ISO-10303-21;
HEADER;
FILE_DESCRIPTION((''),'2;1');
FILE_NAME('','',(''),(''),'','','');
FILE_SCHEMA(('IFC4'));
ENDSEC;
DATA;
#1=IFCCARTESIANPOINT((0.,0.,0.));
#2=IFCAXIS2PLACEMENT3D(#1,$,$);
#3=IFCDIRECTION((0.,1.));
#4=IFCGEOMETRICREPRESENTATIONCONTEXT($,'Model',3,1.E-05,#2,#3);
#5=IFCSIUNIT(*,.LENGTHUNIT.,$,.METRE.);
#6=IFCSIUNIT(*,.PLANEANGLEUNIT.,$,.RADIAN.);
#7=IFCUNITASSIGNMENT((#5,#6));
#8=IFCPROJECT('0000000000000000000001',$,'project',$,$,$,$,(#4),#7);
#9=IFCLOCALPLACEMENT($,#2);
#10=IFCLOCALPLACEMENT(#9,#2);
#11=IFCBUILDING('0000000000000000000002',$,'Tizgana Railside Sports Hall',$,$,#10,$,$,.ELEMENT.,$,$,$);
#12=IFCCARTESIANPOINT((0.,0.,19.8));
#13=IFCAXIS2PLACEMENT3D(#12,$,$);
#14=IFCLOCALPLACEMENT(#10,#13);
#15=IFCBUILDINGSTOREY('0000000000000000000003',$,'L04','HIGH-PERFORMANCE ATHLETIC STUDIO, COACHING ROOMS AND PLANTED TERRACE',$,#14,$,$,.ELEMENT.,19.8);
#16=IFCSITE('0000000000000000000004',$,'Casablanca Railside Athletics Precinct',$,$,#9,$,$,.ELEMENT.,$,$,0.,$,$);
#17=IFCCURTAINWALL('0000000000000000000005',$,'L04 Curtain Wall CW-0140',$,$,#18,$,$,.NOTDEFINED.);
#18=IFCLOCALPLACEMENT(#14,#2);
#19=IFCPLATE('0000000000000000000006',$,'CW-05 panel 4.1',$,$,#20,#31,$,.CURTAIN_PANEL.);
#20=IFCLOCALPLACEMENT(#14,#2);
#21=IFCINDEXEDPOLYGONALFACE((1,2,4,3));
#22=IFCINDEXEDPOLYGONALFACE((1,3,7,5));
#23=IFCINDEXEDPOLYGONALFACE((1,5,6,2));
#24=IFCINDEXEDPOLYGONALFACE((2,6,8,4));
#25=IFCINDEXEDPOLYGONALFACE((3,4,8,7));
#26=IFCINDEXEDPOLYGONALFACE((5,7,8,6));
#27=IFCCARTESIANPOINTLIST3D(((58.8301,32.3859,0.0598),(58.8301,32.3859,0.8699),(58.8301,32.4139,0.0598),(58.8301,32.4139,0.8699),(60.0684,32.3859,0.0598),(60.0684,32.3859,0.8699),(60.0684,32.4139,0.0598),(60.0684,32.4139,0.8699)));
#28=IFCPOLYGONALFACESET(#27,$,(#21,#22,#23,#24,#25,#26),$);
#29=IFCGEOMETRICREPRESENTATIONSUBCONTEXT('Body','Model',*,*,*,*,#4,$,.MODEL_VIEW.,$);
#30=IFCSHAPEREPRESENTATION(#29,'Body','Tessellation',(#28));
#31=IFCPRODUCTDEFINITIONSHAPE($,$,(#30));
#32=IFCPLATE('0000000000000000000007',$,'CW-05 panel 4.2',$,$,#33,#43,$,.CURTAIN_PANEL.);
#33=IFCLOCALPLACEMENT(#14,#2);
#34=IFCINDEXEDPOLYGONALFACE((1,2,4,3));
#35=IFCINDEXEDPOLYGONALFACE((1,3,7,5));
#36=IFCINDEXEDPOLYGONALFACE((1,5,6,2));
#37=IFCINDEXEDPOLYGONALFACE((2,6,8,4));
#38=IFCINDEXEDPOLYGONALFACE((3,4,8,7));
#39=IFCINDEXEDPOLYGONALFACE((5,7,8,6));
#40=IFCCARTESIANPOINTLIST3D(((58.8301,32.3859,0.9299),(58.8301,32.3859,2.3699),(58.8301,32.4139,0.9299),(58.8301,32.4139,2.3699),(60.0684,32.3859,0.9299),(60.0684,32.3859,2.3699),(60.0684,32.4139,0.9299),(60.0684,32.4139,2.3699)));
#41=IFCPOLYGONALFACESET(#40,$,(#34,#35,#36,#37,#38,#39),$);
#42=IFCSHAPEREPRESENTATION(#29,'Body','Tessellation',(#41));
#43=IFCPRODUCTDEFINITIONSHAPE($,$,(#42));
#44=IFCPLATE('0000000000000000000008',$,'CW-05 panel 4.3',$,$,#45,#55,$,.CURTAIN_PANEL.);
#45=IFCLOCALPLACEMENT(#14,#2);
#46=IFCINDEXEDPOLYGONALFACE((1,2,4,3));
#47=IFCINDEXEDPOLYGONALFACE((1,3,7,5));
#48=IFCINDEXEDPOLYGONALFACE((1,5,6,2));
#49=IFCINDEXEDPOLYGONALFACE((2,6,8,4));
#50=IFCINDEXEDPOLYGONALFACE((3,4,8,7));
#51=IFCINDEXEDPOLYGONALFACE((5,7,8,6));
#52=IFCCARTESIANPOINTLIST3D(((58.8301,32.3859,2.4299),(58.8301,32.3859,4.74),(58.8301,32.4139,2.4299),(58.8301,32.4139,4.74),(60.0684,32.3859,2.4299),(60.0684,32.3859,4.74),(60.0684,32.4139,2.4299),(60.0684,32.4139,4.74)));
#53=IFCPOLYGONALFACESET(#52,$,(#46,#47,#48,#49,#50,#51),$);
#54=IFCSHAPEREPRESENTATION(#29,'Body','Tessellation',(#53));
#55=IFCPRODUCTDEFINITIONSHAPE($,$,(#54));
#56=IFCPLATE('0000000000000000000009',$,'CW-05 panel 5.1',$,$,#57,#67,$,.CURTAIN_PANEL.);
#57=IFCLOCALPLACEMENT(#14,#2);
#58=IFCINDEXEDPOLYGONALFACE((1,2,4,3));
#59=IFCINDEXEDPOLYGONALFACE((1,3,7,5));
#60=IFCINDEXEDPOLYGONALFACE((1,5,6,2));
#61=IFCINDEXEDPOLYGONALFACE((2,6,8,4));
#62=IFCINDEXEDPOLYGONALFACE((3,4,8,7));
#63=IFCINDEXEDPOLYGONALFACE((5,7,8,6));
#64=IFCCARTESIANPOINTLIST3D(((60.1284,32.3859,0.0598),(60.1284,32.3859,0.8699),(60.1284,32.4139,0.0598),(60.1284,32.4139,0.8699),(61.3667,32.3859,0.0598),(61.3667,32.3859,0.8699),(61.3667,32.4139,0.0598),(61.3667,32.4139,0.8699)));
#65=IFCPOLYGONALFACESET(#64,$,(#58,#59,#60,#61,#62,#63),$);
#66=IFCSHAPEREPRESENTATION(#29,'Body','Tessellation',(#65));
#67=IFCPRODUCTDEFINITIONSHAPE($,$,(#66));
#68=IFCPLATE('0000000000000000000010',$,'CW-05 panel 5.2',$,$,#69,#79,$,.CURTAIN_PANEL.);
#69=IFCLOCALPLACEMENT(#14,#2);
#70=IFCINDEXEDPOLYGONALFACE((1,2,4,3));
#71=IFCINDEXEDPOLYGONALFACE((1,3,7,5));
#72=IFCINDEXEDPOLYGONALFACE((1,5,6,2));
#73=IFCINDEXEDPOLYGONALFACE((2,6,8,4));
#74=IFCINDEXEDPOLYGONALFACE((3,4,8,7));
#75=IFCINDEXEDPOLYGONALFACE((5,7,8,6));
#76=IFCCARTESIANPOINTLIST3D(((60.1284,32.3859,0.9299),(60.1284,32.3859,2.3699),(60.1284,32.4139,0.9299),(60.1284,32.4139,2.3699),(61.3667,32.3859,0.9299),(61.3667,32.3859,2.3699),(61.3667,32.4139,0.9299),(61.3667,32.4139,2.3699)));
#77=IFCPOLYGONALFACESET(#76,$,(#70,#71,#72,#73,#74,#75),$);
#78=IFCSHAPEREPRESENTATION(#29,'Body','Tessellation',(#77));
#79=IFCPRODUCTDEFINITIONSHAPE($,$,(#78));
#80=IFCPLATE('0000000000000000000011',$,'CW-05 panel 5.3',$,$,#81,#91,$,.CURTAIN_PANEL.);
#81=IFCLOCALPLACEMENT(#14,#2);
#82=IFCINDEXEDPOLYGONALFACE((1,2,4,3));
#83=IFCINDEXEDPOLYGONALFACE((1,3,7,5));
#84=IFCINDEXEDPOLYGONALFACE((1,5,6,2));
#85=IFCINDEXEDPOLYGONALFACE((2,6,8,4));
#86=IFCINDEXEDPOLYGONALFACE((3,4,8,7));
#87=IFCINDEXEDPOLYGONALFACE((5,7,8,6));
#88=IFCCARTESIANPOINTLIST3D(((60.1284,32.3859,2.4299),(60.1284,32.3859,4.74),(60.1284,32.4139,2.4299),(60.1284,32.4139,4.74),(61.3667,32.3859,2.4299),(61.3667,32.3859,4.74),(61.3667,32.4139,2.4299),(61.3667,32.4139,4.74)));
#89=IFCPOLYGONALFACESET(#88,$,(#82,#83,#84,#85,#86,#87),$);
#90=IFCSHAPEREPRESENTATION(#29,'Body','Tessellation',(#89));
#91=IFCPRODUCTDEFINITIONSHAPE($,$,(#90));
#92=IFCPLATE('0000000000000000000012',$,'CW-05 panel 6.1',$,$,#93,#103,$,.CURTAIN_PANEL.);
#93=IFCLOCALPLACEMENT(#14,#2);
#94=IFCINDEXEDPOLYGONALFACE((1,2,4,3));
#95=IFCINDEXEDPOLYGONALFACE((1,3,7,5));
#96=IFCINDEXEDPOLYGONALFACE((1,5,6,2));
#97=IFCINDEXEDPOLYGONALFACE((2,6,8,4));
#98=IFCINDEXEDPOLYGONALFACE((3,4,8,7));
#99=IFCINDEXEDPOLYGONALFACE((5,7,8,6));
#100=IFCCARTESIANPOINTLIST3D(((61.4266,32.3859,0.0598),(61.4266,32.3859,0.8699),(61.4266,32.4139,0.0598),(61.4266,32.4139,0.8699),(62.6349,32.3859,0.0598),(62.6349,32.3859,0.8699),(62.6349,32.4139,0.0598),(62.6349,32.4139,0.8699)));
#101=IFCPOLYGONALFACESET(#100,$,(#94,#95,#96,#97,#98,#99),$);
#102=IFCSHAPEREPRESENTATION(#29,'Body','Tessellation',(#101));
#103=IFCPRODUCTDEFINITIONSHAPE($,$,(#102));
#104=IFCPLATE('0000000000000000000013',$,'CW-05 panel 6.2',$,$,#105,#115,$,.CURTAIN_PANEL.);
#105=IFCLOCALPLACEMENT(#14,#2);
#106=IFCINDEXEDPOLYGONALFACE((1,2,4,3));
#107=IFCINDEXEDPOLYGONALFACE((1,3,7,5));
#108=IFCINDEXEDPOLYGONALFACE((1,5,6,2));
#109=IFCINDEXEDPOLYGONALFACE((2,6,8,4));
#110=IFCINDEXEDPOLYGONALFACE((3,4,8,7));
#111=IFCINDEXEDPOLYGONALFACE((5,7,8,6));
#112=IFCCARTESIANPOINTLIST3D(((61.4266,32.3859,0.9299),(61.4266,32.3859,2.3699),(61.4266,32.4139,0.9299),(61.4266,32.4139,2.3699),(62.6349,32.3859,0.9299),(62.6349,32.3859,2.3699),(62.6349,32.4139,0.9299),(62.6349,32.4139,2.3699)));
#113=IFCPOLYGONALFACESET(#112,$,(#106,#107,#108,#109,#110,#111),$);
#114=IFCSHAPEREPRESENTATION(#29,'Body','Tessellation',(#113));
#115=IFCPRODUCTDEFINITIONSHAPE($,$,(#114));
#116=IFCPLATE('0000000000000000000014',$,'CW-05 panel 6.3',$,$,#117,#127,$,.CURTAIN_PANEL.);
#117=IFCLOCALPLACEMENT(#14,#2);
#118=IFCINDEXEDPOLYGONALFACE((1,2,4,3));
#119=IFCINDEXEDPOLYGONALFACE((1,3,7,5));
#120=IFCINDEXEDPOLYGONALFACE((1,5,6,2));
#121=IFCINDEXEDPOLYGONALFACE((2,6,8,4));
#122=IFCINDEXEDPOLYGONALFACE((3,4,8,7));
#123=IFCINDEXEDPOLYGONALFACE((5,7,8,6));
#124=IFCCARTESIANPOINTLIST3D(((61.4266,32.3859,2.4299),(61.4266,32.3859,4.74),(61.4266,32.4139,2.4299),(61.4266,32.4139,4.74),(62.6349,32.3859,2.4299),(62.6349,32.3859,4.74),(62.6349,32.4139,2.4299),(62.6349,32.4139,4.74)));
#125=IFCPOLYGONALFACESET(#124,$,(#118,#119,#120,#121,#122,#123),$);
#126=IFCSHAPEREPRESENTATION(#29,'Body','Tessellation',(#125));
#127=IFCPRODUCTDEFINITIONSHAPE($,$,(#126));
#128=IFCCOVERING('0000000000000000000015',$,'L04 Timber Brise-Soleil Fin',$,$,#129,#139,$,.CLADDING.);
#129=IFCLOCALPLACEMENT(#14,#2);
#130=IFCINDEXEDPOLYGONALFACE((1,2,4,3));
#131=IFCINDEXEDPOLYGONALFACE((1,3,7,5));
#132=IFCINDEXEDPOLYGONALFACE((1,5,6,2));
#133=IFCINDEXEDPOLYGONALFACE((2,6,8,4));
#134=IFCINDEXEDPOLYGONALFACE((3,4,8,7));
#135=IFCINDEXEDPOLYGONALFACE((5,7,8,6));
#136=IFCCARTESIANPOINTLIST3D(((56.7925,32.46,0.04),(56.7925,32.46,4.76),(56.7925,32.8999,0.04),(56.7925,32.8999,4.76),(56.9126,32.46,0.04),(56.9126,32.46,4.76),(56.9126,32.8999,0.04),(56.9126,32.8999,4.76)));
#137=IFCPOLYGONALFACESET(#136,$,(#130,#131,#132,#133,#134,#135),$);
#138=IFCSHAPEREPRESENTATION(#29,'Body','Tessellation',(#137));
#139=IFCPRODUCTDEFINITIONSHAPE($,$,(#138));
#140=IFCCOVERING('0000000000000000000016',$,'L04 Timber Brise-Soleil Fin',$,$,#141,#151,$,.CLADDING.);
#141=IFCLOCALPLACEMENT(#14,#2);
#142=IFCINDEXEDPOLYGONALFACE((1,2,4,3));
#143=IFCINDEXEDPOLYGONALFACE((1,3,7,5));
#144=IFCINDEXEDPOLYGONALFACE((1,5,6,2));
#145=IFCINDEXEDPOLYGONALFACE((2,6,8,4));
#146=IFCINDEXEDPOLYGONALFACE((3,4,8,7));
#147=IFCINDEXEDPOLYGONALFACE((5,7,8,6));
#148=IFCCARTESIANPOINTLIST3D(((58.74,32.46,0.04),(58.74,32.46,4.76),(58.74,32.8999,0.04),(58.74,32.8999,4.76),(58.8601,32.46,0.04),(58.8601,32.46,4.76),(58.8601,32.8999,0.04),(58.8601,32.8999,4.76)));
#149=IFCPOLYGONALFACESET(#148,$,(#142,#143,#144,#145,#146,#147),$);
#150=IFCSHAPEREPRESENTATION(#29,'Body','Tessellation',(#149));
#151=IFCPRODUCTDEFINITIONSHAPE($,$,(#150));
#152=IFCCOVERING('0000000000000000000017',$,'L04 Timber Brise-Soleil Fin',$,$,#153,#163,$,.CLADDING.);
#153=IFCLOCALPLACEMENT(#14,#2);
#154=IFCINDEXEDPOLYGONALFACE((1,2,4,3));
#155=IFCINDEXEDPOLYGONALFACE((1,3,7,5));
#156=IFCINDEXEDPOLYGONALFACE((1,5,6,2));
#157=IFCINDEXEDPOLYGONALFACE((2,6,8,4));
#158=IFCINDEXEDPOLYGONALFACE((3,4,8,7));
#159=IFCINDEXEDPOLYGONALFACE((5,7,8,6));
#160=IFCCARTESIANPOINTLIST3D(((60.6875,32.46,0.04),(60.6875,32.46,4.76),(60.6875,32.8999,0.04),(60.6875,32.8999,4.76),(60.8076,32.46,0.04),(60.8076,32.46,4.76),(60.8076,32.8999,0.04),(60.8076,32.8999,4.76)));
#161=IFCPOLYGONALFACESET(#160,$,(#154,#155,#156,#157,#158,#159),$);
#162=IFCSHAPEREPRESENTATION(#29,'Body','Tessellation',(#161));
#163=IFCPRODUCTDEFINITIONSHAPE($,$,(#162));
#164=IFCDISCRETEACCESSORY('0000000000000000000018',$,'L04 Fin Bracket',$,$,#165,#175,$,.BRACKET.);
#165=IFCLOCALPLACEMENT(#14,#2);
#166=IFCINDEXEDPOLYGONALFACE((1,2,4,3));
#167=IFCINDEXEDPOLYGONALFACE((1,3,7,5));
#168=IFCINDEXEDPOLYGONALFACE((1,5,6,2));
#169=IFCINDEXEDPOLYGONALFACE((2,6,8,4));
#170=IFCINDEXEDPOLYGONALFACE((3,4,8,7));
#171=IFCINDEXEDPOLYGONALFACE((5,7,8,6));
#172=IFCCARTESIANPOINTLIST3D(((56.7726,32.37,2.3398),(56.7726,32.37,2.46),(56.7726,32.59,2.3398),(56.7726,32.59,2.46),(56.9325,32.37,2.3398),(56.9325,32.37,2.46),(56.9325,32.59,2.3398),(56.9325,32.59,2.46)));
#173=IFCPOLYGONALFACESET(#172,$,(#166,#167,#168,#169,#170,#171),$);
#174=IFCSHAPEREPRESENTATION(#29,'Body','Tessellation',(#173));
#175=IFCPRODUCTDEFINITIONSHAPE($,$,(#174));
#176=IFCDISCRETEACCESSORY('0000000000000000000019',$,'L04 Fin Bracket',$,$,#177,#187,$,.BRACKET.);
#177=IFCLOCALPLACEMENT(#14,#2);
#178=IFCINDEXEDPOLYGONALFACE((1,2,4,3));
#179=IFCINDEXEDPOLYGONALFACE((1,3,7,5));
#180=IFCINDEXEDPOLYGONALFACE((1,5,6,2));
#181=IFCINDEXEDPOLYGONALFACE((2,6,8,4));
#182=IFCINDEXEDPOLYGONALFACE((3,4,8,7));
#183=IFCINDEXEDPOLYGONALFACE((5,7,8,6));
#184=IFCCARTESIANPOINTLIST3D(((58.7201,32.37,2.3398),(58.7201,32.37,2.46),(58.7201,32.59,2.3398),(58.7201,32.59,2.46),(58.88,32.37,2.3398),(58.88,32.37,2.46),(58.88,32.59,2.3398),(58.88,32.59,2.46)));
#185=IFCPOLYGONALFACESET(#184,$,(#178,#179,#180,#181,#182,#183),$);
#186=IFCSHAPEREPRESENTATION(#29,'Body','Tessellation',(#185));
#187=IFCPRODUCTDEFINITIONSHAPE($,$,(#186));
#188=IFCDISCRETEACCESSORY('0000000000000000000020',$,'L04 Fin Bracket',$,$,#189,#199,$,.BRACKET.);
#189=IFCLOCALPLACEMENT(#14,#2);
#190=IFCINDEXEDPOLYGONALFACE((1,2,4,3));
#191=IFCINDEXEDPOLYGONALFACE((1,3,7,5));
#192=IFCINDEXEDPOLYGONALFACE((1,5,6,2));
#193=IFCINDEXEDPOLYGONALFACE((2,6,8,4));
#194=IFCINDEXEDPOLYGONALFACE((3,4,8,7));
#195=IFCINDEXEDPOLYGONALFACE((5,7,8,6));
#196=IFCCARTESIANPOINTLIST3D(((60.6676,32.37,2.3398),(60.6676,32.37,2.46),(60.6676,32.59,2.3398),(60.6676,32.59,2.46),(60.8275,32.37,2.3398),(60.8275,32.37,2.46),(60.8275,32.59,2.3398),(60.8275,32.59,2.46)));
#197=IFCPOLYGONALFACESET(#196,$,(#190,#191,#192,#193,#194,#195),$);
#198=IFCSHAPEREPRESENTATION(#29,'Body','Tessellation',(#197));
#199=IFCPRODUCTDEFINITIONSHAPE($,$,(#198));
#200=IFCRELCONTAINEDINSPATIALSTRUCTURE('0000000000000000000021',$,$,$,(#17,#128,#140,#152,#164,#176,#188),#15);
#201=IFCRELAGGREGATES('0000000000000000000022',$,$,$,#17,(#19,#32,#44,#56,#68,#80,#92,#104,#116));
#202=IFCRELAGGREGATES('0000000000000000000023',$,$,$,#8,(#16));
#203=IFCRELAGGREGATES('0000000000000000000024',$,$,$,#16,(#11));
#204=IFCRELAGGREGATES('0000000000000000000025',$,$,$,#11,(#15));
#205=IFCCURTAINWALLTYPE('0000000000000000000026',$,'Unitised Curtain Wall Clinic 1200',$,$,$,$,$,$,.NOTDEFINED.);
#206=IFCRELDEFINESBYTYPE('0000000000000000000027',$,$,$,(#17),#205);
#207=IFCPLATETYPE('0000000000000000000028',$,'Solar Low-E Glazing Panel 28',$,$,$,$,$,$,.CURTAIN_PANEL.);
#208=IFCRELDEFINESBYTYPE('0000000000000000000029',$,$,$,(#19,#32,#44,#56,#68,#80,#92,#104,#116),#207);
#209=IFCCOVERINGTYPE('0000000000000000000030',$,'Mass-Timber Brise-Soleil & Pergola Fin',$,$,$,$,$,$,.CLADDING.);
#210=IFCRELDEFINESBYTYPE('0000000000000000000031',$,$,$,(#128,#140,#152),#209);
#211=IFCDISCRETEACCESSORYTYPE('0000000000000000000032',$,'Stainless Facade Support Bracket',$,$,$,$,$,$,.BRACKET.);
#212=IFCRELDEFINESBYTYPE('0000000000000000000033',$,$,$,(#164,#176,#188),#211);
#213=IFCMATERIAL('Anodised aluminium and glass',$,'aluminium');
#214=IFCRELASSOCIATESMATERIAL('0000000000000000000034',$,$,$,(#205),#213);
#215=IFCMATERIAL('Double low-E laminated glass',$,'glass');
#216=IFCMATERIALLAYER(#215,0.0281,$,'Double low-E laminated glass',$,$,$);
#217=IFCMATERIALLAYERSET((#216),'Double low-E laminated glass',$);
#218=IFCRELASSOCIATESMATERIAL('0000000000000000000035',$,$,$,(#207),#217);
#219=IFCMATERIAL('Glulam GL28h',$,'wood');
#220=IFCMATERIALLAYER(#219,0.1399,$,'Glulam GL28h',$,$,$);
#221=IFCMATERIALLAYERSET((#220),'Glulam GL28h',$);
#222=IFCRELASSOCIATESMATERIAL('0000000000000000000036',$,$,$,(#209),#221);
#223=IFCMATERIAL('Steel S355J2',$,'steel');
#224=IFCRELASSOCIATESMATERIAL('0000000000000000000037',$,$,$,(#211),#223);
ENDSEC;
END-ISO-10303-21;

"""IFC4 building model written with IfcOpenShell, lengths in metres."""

from ifc_helpers import new_model, si_unit, direction, frame, origin, origin_2d, place, context, subcontext, project, spatial, rectangle, extrude, material, layer, layer_set, type_object, element, aggregate, save


model = new_model("IFC4")

# Units and contexts
model_context = context("Model", 3, precision=1e-05, world=origin(), true_north=direction((0.0, 1.0)))
body_context = subcontext(model_context, "Body", "Model", "MODEL_VIEW")
ifc_project = project(units=[si_unit("LENGTHUNIT", "METRE"), si_unit("PLANEANGLEUNIT", "RADIAN")], contexts=[model_context])

# Site, building, storey
site_placement = place(None, origin())
site = spatial("IfcSite", under=ifc_project, at=site_placement, Name="Casablanca Railside Athletics Precinct", CompositionType="ELEMENT", RefElevation=0.0)
building_placement = place(site_placement, origin())
building = spatial("IfcBuilding", under=site, at=building_placement, Name="Tizgana Railside Sports Hall", CompositionType="ELEMENT")
storey_placement = place(building_placement, frame((0.0, 0.0, 19.8)))
storey = spatial("IfcBuildingStorey", under=building, at=storey_placement, Name="L04", Description="HIGH-PERFORMANCE ATHLETIC STUDIO, COACHING ROOMS AND PLANTED TERRACE", CompositionType="ELEMENT", Elevation=19.8)

# Curtain wall, plates
ifc_material_1 = material(Name="Anodised aluminium and glass", Category="aluminium")
curtain_wall_type = type_object("IfcCurtainWallType", Name="Unitised Curtain Wall Clinic 1200", PredefinedType="NOTDEFINED", material=ifc_material_1)
curtain_wall_placement = place(storey_placement, origin())
curtain_wall = element("IfcCurtainWall", 1, at=curtain_wall_placement, inside=storey, type_object=curtain_wall_type, Name="L04 Curtain Wall CW-0140", PredefinedType="NOTDEFINED")
ifc_material_2 = material(Name="Double low-E laminated glass", Category="glass")
ifc_layer_1 = layer(ifc_material_2, 0.0281, Name="Double low-E laminated glass")
ifc_layer_set_1 = layer_set([ifc_layer_1], Name="Double low-E laminated glass")
plate_type = type_object("IfcPlateType", Name="Solar Low-E Glazing Panel 28", PredefinedType="CURTAIN_PANEL", material=ifc_layer_set_1)
plate_1_placement = place(storey_placement, frame((59.4492, 32.3999, 0.0598), z_axis=(0.0, 0.0, 1.0), x_axis=(1.0, 0.0, 0.0)))
plate_1 = element("IfcPlate", 2, at=plate_1_placement, type_object=plate_type, Name="CW-05 panel 4.1", PredefinedType="CURTAIN_PANEL", context=body_context, shape_type="SweptSolid", body=[
    extrude(rectangle(XDim=1.2383, YDim=0.0281, at=origin_2d()), origin(), (0.0, 0.0, 1.0), 0.8101),
])
plate_2_placement = place(storey_placement, frame((59.4492, 32.3999, 0.9299), z_axis=(0.0, 0.0, 1.0), x_axis=(1.0, 0.0, 0.0)))
plate_2 = element("IfcPlate", 3, at=plate_2_placement, type_object=plate_type, Name="CW-05 panel 4.2", PredefinedType="CURTAIN_PANEL", context=body_context, shape_type="SweptSolid", body=[
    extrude(rectangle(XDim=1.2383, YDim=0.0281, at=origin_2d()), origin(), (0.0, 0.0, 1.0), 1.4399),
])
plate_3_placement = place(storey_placement, frame((59.4492, 32.3999, 2.4299), z_axis=(0.0, 0.0, 1.0), x_axis=(1.0, 0.0, 0.0)))
plate_3 = element("IfcPlate", 4, at=plate_3_placement, type_object=plate_type, Name="CW-05 panel 4.3", PredefinedType="CURTAIN_PANEL", context=body_context, shape_type="SweptSolid", body=[
    extrude(rectangle(XDim=1.2383, YDim=0.0281, at=origin_2d()), origin(), (0.0, 0.0, 1.0), 2.3101),
])
plate_4_placement = place(storey_placement, frame((60.7476, 32.3999, 0.0598), z_axis=(0.0, 0.0, 1.0), x_axis=(1.0, 0.0, 0.0)))
plate_4 = element("IfcPlate", 5, at=plate_4_placement, type_object=plate_type, Name="CW-05 panel 5.1", PredefinedType="CURTAIN_PANEL", context=body_context, shape_type="SweptSolid", body=[
    extrude(rectangle(XDim=1.2383, YDim=0.0281, at=origin_2d()), origin(), (0.0, 0.0, 1.0), 0.8101),
])
plate_5_placement = place(storey_placement, frame((60.7476, 32.3999, 0.9299), z_axis=(0.0, 0.0, 1.0), x_axis=(1.0, 0.0, 0.0)))
plate_5 = element("IfcPlate", 6, at=plate_5_placement, type_object=plate_type, Name="CW-05 panel 5.2", PredefinedType="CURTAIN_PANEL", context=body_context, shape_type="SweptSolid", body=[
    extrude(rectangle(XDim=1.2383, YDim=0.0281, at=origin_2d()), origin(), (0.0, 0.0, 1.0), 1.4399),
])
plate_6_placement = place(storey_placement, frame((60.7476, 32.3999, 2.4299), z_axis=(0.0, 0.0, 1.0), x_axis=(1.0, 0.0, 0.0)))
plate_6 = element("IfcPlate", 7, at=plate_6_placement, type_object=plate_type, Name="CW-05 panel 5.3", PredefinedType="CURTAIN_PANEL", context=body_context, shape_type="SweptSolid", body=[
    extrude(rectangle(XDim=1.2383, YDim=0.0281, at=origin_2d()), origin(), (0.0, 0.0, 1.0), 2.3101),
])
plate_7_placement = place(storey_placement, frame((62.0308, 32.3999, 0.0598), z_axis=(0.0, 0.0, 1.0), x_axis=(1.0, 0.0, 0.0)))
plate_7 = element("IfcPlate", 8, at=plate_7_placement, type_object=plate_type, Name="CW-05 panel 6.1", PredefinedType="CURTAIN_PANEL", context=body_context, shape_type="SweptSolid", body=[
    extrude(rectangle(XDim=1.2083, YDim=0.0281, at=origin_2d()), origin(), (0.0, 0.0, 1.0), 0.8101),
])
plate_8_placement = place(storey_placement, frame((62.0308, 32.3999, 0.9299), z_axis=(0.0, 0.0, 1.0), x_axis=(1.0, 0.0, 0.0)))
plate_8 = element("IfcPlate", 9, at=plate_8_placement, type_object=plate_type, Name="CW-05 panel 6.2", PredefinedType="CURTAIN_PANEL", context=body_context, shape_type="SweptSolid", body=[
    extrude(rectangle(XDim=1.2083, YDim=0.0281, at=origin_2d()), origin(), (0.0, 0.0, 1.0), 1.4399),
])
plate_9_placement = place(storey_placement, frame((62.0308, 32.3999, 2.4299), z_axis=(0.0, 0.0, 1.0), x_axis=(1.0, 0.0, 0.0)))
plate_9 = element("IfcPlate", 10, at=plate_9_placement, type_object=plate_type, Name="CW-05 panel 6.3", PredefinedType="CURTAIN_PANEL", context=body_context, shape_type="SweptSolid", body=[
    extrude(rectangle(XDim=1.2083, YDim=0.0281, at=origin_2d()), origin(), (0.0, 0.0, 1.0), 2.3101),
])
aggregate(curtain_wall, [plate_1, plate_2, plate_3, plate_4, plate_5, plate_6, plate_7, plate_8, plate_9])

# Coverings
ifc_material_3 = material(Name="Glulam GL28h", Category="wood")
ifc_layer_2 = layer(ifc_material_3, 0.1399, Name="Glulam GL28h")
ifc_layer_set_2 = layer_set([ifc_layer_2], Name="Glulam GL28h")
covering_type = type_object("IfcCoveringType", Name="Mass-Timber Brise-Soleil & Pergola Fin", PredefinedType="CLADDING", material=ifc_layer_set_2)
for number, where, z_axis, x_axis, name in (
    (11, (56.8525, 32.6799, 0.04), (0.0, 0.0, 1.0), (1.0, 0.0, 0.0), "L04 Timber Brise-Soleil Fin"),
    (12, (58.8, 32.6799, 0.04), (0.0, 0.0, 1.0), (1.0, 0.0, 0.0), "L04 Timber Brise-Soleil Fin"),
    (13, (60.7476, 32.6799, 0.04), (0.0, 0.0, 1.0), (1.0, 0.0, 0.0), "L04 Timber Brise-Soleil Fin"),
):
    element("IfcCovering", number, at=place(storey_placement, frame(where, z_axis=z_axis, x_axis=x_axis)), inside=storey, type_object=covering_type, Name=name, PredefinedType="CLADDING", context=body_context, shape_type="SweptSolid", body=[
        extrude(rectangle(XDim=0.1201, YDim=0.4399, at=origin_2d()), origin(), (0.0, 0.0, 1.0), 4.72),
    ])

# Discrete accessories
ifc_material_4 = material(Name="Steel S355J2", Category="steel")
discrete_accessory_type = type_object("IfcDiscreteAccessoryType", Name="Stainless Facade Support Bracket", PredefinedType="BRACKET", material=ifc_material_4)
for number, where, z_axis, x_axis, name in (
    (14, (56.8525, 32.48, 2.3398), (0.0, 0.0, 1.0), (1.0, 0.0, 0.0), "L04 Fin Bracket"),
    (15, (58.8, 32.48, 2.3398), (0.0, 0.0, 1.0), (1.0, 0.0, 0.0), "L04 Fin Bracket"),
    (16, (60.7476, 32.48, 2.3398), (0.0, 0.0, 1.0), (1.0, 0.0, 0.0), "L04 Fin Bracket"),
):
    element("IfcDiscreteAccessory", number, at=place(storey_placement, frame(where, z_axis=z_axis, x_axis=x_axis)), inside=storey, type_object=discrete_accessory_type, Name=name, PredefinedType="BRACKET", context=body_context, shape_type="SweptSolid", body=[
        extrude(rectangle(XDim=0.1599, YDim=0.22, at=origin_2d()), origin(), (0.0, 0.0, 1.0), 0.1201),
    ])

save(model, "model.ifc")
